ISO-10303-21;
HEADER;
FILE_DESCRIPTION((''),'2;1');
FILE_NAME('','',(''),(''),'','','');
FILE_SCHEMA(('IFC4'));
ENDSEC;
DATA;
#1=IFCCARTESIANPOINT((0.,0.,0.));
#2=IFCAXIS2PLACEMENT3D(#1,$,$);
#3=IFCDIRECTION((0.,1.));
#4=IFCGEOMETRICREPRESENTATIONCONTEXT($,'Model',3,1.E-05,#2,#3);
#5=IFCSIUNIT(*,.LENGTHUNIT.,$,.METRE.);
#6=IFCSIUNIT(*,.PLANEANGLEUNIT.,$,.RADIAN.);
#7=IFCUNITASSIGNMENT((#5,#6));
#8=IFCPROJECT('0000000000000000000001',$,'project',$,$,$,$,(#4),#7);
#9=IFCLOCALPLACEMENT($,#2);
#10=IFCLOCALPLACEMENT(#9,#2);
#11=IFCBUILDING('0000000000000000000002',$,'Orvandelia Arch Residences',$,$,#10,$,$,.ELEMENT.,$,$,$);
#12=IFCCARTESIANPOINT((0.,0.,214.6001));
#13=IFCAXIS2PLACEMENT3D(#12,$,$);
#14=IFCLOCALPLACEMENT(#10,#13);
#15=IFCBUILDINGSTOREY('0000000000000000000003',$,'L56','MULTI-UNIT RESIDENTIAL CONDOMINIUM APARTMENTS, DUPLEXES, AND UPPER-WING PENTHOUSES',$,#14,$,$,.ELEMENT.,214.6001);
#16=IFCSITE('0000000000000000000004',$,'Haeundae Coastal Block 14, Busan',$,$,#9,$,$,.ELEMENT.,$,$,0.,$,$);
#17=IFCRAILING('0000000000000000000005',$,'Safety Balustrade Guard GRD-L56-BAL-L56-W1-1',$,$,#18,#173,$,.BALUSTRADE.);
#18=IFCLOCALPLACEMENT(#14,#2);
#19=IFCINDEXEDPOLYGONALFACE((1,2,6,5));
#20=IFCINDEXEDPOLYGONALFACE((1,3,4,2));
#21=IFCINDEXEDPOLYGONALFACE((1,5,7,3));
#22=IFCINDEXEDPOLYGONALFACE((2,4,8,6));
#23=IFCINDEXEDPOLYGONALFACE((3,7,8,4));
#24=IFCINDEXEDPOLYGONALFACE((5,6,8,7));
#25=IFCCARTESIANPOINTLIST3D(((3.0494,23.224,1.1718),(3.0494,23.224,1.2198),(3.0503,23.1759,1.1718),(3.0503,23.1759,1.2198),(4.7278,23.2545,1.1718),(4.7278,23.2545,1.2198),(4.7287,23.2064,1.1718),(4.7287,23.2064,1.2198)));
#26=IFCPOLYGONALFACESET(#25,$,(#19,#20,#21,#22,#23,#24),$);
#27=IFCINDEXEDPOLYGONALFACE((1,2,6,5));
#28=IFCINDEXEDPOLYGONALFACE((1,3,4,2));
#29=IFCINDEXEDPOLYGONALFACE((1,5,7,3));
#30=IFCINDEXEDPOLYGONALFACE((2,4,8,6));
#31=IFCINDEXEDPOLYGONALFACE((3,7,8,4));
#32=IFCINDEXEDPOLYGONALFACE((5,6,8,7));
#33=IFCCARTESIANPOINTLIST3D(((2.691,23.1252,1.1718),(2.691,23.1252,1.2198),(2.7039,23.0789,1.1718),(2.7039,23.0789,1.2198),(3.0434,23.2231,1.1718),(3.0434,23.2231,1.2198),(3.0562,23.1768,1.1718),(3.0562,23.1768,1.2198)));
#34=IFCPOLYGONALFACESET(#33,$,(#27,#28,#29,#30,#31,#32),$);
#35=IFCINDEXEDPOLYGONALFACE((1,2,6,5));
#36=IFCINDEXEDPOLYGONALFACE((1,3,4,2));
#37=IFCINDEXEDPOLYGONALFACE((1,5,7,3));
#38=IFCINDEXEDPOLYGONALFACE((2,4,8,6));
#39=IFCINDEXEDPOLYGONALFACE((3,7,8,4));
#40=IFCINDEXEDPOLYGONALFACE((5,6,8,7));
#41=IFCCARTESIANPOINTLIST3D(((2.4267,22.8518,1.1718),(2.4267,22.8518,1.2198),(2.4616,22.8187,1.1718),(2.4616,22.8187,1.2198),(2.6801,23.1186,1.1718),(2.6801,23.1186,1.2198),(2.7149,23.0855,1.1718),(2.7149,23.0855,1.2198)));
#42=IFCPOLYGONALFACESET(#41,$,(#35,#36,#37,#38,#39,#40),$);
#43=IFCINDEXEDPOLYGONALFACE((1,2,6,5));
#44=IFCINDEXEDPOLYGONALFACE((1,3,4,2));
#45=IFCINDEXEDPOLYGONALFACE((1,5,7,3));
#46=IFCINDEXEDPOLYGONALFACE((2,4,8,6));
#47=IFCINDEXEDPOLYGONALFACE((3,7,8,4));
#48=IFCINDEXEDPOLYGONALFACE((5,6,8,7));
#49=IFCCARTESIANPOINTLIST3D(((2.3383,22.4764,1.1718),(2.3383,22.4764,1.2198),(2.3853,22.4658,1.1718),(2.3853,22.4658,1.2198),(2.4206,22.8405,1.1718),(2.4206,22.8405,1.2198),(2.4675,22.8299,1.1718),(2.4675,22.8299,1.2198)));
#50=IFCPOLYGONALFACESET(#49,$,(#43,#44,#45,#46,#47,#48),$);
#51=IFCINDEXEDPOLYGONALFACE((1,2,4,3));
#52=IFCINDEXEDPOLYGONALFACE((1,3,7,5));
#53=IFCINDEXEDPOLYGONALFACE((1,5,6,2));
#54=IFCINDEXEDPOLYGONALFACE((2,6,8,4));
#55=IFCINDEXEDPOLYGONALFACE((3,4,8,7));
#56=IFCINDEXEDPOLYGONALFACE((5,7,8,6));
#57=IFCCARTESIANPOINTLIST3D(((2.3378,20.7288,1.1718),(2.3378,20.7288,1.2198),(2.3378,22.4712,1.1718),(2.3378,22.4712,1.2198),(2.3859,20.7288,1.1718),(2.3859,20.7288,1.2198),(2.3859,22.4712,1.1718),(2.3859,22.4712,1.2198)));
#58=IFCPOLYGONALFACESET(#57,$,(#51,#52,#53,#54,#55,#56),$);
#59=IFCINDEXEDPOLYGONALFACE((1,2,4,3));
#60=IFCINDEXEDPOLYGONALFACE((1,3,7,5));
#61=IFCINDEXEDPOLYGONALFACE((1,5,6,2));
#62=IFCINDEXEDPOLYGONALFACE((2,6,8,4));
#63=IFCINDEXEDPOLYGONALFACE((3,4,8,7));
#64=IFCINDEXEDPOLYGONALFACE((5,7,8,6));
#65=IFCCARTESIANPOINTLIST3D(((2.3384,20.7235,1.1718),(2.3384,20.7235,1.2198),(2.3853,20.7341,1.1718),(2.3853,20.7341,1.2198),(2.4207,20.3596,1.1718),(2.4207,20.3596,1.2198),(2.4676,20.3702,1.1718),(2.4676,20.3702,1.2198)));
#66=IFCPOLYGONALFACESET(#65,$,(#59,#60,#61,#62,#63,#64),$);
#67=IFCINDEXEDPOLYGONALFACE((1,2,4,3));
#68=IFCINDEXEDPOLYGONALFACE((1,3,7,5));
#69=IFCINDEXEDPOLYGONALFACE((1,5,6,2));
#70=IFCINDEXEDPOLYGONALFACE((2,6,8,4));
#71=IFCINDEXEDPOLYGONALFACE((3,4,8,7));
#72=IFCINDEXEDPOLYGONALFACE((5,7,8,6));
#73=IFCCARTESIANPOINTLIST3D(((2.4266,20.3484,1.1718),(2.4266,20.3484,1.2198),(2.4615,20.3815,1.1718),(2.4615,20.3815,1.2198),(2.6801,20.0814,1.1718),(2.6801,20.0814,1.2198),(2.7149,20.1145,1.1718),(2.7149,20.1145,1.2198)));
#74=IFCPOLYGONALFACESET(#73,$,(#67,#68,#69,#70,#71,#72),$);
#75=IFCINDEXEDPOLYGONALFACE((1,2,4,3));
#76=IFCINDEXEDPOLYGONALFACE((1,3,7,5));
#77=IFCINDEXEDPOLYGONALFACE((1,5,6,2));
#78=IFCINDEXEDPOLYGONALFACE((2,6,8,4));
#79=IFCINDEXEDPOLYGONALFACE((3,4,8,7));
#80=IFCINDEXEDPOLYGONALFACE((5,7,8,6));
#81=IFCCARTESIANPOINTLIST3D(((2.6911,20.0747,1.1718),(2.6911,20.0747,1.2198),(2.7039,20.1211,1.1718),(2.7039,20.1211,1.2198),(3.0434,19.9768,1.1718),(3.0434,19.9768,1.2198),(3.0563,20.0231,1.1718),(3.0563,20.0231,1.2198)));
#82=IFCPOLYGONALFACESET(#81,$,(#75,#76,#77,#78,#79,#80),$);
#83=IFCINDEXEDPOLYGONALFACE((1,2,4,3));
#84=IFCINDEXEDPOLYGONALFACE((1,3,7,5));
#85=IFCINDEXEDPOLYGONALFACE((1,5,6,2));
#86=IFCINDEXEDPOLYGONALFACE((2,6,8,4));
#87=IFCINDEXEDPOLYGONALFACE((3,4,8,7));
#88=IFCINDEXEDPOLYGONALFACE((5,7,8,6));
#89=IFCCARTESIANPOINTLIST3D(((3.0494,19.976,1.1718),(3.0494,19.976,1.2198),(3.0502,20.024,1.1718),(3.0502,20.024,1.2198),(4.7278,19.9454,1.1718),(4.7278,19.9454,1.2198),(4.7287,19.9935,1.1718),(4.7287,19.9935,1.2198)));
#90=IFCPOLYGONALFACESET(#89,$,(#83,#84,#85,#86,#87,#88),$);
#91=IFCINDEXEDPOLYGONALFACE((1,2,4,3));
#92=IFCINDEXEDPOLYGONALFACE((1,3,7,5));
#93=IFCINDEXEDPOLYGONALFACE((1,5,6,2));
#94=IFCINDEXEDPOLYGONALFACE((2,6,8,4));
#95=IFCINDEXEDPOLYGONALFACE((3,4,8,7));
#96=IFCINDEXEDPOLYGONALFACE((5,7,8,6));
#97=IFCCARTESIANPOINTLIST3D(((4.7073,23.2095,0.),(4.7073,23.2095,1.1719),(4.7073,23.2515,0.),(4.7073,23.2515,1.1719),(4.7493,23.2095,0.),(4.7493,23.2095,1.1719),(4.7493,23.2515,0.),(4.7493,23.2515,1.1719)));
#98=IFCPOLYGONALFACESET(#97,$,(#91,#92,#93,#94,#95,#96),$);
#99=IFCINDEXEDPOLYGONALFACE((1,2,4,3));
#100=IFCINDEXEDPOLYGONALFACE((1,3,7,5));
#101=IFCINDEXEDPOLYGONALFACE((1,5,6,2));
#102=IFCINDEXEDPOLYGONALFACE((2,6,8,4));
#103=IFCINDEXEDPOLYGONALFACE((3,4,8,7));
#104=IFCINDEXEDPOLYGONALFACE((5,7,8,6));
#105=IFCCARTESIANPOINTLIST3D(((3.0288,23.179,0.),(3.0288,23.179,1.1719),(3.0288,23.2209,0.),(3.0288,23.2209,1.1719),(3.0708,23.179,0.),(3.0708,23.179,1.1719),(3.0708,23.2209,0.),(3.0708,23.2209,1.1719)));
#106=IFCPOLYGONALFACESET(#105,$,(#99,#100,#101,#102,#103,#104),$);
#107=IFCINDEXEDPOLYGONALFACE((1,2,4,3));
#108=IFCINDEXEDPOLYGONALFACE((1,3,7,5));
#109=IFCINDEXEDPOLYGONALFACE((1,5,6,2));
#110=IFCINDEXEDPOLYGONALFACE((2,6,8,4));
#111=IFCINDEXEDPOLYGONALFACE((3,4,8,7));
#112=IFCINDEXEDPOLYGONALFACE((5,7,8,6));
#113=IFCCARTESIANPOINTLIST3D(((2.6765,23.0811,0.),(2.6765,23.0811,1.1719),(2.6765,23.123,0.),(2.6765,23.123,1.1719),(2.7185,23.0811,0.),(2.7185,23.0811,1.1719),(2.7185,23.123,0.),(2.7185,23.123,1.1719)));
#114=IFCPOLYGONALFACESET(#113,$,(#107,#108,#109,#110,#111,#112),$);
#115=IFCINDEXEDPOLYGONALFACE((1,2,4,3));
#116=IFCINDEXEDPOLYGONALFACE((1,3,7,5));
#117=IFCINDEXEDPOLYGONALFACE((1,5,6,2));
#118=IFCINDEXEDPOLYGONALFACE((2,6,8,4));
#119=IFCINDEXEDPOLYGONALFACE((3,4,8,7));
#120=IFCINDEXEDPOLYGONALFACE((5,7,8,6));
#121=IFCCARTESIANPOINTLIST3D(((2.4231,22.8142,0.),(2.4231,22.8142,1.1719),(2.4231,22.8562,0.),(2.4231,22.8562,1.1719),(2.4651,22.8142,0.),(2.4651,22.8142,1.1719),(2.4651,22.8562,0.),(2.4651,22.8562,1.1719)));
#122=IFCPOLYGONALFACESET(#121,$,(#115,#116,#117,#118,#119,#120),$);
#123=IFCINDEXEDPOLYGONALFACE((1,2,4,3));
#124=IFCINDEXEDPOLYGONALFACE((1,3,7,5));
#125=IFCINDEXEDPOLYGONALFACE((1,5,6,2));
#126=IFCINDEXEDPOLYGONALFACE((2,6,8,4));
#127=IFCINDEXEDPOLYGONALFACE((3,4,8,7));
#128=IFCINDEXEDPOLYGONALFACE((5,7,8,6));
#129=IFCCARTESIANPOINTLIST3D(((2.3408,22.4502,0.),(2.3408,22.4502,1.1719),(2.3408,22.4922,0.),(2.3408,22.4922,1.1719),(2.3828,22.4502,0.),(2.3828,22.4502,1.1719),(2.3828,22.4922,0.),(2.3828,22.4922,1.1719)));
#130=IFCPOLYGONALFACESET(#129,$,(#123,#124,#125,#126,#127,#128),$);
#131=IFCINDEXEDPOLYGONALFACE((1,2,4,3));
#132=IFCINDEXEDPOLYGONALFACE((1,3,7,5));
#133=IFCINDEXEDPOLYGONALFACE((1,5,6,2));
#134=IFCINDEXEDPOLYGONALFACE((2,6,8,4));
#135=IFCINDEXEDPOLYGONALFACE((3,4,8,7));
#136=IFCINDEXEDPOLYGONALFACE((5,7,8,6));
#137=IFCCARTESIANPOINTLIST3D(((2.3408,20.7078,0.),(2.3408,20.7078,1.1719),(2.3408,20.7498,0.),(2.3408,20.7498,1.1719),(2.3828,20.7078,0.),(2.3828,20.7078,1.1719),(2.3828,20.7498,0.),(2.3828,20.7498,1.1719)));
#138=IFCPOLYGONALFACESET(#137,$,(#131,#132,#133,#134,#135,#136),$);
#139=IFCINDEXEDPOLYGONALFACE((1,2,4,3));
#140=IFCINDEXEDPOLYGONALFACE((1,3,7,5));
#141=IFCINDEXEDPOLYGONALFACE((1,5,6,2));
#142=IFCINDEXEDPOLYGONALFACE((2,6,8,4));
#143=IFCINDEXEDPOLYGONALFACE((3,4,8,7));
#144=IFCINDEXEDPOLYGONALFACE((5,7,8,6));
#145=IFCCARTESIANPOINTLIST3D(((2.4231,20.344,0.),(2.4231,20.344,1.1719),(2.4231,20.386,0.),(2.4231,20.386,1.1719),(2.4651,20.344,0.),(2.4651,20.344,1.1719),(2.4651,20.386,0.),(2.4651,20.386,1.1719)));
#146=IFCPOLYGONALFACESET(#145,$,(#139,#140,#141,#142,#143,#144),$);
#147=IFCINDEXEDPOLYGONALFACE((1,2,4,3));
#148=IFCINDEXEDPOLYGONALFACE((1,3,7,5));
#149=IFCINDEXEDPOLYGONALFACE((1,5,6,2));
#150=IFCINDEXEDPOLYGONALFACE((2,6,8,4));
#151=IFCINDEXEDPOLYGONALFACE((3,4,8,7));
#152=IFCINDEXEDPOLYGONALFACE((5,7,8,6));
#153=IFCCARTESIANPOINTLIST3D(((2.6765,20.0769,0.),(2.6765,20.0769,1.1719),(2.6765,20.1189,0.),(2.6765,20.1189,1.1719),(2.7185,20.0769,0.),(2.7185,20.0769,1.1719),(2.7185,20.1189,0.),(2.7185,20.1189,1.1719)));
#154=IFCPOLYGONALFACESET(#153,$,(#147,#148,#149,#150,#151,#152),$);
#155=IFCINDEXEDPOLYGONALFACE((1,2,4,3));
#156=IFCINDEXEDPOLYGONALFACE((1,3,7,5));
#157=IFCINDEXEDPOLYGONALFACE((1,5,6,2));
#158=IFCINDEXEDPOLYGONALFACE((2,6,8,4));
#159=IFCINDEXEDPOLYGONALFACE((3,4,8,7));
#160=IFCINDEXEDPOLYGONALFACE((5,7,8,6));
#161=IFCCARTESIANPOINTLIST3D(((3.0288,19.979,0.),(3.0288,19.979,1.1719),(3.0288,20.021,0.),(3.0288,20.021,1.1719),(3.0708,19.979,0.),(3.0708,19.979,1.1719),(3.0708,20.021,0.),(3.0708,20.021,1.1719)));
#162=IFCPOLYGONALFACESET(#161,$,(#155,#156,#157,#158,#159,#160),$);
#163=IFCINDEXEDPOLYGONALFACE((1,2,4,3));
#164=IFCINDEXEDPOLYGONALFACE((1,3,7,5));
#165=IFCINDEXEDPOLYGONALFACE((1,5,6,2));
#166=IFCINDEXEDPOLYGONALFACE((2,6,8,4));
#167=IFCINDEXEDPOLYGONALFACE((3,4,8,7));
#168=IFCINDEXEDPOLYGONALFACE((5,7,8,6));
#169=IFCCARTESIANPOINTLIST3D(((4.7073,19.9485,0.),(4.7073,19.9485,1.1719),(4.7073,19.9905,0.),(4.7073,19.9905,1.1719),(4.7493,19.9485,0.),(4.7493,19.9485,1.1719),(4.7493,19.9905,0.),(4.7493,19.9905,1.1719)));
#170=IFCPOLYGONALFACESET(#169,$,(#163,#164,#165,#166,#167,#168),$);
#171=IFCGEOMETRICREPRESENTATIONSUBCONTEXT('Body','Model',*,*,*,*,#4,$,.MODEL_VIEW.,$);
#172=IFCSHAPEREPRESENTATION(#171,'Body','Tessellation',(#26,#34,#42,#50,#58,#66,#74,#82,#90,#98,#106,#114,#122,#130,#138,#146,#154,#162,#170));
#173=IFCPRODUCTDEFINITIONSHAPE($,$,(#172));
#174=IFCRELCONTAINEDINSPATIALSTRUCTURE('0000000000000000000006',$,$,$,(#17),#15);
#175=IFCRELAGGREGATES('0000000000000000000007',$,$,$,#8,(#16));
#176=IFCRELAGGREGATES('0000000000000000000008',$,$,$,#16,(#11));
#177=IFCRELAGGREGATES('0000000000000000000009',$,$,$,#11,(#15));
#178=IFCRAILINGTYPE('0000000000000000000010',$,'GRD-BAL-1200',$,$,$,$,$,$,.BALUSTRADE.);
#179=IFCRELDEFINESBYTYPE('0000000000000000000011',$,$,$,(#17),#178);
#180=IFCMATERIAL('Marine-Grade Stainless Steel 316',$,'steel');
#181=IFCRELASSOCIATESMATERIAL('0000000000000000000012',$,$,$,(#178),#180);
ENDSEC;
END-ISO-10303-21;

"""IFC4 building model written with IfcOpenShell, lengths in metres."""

from ifc_helpers import new_model, si_unit, direction, frame, origin, origin_2d, place, context, subcontext, project, spatial, rectangle, extrude, material, type_object, element, save


model = new_model("IFC4")

# Units and contexts
model_context = context("Model", 3, precision=1e-05, world=origin(), true_north=direction((0.0, 1.0)))
body_context = subcontext(model_context, "Body", "Model", "MODEL_VIEW")
ifc_project = project(units=[si_unit("LENGTHUNIT", "METRE"), si_unit("PLANEANGLEUNIT", "RADIAN")], contexts=[model_context])

# Site, building, storey
site_placement = place(None, origin())
site = spatial("IfcSite", under=ifc_project, at=site_placement, Name="Haeundae Coastal Block 14, Busan", CompositionType="ELEMENT", RefElevation=0.0)
building_placement = place(site_placement, origin())
building = spatial("IfcBuilding", under=site, at=building_placement, Name="Orvandelia Arch Residences", CompositionType="ELEMENT")
storey_placement = place(building_placement, frame((0.0, 0.0, 214.6001)))
storey = spatial("IfcBuildingStorey", under=building, at=storey_placement, Name="L56", Description="MULTI-UNIT RESIDENTIAL CONDOMINIUM APARTMENTS, DUPLEXES, AND UPPER-WING PENTHOUSES", CompositionType="ELEMENT", Elevation=214.6001)

# Railing
ifc_material_1 = material(Name="Marine-Grade Stainless Steel 316", Category="steel")
railing_type = type_object("IfcRailingType", Name="GRD-BAL-1200", PredefinedType="BALUSTRADE", material=ifc_material_1)
railing_placement = place(storey_placement, frame((4.7283, 23.2305, 0.0)))
element("IfcRailing", 1, at=railing_placement, inside=storey, type_object=railing_type, Name="Safety Balustrade Guard GRD-L56-BAL-L56-W1-1", PredefinedType="BALUSTRADE", context=body_context, shape_type="SweptSolid", body=[
    extrude(rectangle(XDim=0.0481, YDim=0.0481, at=origin_2d()), frame((0.0, 0.0, 1.1958), z_axis=(-0.999835, -0.018179, 0.0), x_axis=(0.018179, -0.999835, 0.0)), (0.0, 0.0, 1.0), 1.6787),
    extrude(rectangle(XDim=0.0481, YDim=0.0481, at=origin_2d()), frame((-1.6785, -0.0305, 1.1958), z_axis=(-0.963489, -0.267747, 0.0), x_axis=(0.267747, -0.963489, 0.0)), (0.0, 0.0, 1.0), 0.3657),
    extrude(rectangle(XDim=0.0481, YDim=0.0481, at=origin_2d()), frame((-2.0308, -0.1284, 1.1958), z_axis=(-0.688627, -0.725115, 0.0), x_axis=(0.725115, -0.688627, 0.0)), (0.0, 0.0, 1.0), 0.3679),
    extrude(rectangle(XDim=0.0481, YDim=0.0481, at=origin_2d()), frame((-2.2842, -0.3953, 1.1958), z_axis=(-0.220462, -0.975396, 0.0), x_axis=(0.975396, -0.220462, 0.0)), (0.0, 0.0, 1.0), 0.3733),
    extrude(rectangle(XDim=0.0481, YDim=0.0481, at=origin_2d()), frame((-2.3665, -0.7593, 1.1958), z_axis=(0.0, -1.0, 0.0), x_axis=(1.0, 0.0, 0.0)), (0.0, 0.0, 1.0), 1.7424),
    extrude(rectangle(XDim=0.0481, YDim=0.0481, at=origin_2d()), frame((-2.3665, -2.5017, 1.1958), z_axis=(0.220602, -0.975364, 0.0), x_axis=(0.975364, 0.220602, 0.0)), (0.0, 0.0, 1.0), 0.373),
    extrude(rectangle(XDim=0.0481, YDim=0.0481, at=origin_2d()), frame((-2.2842, -2.8655, 1.1958), z_axis=(0.688296, -0.72543, 0.0), x_axis=(0.72543, 0.688296, 0.0)), (0.0, 0.0, 1.0), 0.3682),
    extrude(rectangle(XDim=0.0481, YDim=0.0481, at=origin_2d()), frame((-2.0308, -3.1326, 1.1958), z_axis=(0.963489, -0.267747, 0.0), x_axis=(0.267747, 0.963489, 0.0)), (0.0, 0.0, 1.0), 0.3657),
    extrude(rectangle(XDim=0.0481, YDim=0.0481, at=origin_2d()), frame((-1.6785, -3.2305, 1.1958), z_axis=(0.999835, -0.018179, 0.0), x_axis=(0.018179, 0.999835, 0.0)), (0.0, 0.0, 1.0), 1.6787),
    extrude(rectangle(XDim=0.042, YDim=0.042, at=origin_2d()), origin(), (0.0, 0.0, 1.0), 1.1719),
    extrude(rectangle(XDim=0.042, YDim=0.042, at=origin_2d()), frame((-1.6785, -0.0305, 0.0)), (0.0, 0.0, 1.0), 1.1719),
    extrude(rectangle(XDim=0.042, YDim=0.042, at=origin_2d()), frame((-2.0308, -0.1284, 0.0)), (0.0, 0.0, 1.0), 1.1719),
    extrude(rectangle(XDim=0.042, YDim=0.042, at=origin_2d()), frame((-2.2842, -0.3953, 0.0)), (0.0, 0.0, 1.0), 1.1719),
    extrude(rectangle(XDim=0.042, YDim=0.042, at=origin_2d()), frame((-2.3665, -0.7593, 0.0)), (0.0, 0.0, 1.0), 1.1719),
    extrude(rectangle(XDim=0.042, YDim=0.042, at=origin_2d()), frame((-2.3665, -2.5017, 0.0)), (0.0, 0.0, 1.0), 1.1719),
    extrude(rectangle(XDim=0.042, YDim=0.042, at=origin_2d()), frame((-2.2842, -2.8655, 0.0)), (0.0, 0.0, 1.0), 1.1719),
    extrude(rectangle(XDim=0.042, YDim=0.042, at=origin_2d()), frame((-2.0308, -3.1326, 0.0)), (0.0, 0.0, 1.0), 1.1719),
    extrude(rectangle(XDim=0.042, YDim=0.042, at=origin_2d()), frame((-1.6785, -3.2305, 0.0)), (0.0, 0.0, 1.0), 1.1719),
    extrude(rectangle(XDim=0.042, YDim=0.042, at=origin_2d()), frame((0.0, -3.261, 0.0)), (0.0, 0.0, 1.0), 1.1719),
])

save(model, "model.ifc")
